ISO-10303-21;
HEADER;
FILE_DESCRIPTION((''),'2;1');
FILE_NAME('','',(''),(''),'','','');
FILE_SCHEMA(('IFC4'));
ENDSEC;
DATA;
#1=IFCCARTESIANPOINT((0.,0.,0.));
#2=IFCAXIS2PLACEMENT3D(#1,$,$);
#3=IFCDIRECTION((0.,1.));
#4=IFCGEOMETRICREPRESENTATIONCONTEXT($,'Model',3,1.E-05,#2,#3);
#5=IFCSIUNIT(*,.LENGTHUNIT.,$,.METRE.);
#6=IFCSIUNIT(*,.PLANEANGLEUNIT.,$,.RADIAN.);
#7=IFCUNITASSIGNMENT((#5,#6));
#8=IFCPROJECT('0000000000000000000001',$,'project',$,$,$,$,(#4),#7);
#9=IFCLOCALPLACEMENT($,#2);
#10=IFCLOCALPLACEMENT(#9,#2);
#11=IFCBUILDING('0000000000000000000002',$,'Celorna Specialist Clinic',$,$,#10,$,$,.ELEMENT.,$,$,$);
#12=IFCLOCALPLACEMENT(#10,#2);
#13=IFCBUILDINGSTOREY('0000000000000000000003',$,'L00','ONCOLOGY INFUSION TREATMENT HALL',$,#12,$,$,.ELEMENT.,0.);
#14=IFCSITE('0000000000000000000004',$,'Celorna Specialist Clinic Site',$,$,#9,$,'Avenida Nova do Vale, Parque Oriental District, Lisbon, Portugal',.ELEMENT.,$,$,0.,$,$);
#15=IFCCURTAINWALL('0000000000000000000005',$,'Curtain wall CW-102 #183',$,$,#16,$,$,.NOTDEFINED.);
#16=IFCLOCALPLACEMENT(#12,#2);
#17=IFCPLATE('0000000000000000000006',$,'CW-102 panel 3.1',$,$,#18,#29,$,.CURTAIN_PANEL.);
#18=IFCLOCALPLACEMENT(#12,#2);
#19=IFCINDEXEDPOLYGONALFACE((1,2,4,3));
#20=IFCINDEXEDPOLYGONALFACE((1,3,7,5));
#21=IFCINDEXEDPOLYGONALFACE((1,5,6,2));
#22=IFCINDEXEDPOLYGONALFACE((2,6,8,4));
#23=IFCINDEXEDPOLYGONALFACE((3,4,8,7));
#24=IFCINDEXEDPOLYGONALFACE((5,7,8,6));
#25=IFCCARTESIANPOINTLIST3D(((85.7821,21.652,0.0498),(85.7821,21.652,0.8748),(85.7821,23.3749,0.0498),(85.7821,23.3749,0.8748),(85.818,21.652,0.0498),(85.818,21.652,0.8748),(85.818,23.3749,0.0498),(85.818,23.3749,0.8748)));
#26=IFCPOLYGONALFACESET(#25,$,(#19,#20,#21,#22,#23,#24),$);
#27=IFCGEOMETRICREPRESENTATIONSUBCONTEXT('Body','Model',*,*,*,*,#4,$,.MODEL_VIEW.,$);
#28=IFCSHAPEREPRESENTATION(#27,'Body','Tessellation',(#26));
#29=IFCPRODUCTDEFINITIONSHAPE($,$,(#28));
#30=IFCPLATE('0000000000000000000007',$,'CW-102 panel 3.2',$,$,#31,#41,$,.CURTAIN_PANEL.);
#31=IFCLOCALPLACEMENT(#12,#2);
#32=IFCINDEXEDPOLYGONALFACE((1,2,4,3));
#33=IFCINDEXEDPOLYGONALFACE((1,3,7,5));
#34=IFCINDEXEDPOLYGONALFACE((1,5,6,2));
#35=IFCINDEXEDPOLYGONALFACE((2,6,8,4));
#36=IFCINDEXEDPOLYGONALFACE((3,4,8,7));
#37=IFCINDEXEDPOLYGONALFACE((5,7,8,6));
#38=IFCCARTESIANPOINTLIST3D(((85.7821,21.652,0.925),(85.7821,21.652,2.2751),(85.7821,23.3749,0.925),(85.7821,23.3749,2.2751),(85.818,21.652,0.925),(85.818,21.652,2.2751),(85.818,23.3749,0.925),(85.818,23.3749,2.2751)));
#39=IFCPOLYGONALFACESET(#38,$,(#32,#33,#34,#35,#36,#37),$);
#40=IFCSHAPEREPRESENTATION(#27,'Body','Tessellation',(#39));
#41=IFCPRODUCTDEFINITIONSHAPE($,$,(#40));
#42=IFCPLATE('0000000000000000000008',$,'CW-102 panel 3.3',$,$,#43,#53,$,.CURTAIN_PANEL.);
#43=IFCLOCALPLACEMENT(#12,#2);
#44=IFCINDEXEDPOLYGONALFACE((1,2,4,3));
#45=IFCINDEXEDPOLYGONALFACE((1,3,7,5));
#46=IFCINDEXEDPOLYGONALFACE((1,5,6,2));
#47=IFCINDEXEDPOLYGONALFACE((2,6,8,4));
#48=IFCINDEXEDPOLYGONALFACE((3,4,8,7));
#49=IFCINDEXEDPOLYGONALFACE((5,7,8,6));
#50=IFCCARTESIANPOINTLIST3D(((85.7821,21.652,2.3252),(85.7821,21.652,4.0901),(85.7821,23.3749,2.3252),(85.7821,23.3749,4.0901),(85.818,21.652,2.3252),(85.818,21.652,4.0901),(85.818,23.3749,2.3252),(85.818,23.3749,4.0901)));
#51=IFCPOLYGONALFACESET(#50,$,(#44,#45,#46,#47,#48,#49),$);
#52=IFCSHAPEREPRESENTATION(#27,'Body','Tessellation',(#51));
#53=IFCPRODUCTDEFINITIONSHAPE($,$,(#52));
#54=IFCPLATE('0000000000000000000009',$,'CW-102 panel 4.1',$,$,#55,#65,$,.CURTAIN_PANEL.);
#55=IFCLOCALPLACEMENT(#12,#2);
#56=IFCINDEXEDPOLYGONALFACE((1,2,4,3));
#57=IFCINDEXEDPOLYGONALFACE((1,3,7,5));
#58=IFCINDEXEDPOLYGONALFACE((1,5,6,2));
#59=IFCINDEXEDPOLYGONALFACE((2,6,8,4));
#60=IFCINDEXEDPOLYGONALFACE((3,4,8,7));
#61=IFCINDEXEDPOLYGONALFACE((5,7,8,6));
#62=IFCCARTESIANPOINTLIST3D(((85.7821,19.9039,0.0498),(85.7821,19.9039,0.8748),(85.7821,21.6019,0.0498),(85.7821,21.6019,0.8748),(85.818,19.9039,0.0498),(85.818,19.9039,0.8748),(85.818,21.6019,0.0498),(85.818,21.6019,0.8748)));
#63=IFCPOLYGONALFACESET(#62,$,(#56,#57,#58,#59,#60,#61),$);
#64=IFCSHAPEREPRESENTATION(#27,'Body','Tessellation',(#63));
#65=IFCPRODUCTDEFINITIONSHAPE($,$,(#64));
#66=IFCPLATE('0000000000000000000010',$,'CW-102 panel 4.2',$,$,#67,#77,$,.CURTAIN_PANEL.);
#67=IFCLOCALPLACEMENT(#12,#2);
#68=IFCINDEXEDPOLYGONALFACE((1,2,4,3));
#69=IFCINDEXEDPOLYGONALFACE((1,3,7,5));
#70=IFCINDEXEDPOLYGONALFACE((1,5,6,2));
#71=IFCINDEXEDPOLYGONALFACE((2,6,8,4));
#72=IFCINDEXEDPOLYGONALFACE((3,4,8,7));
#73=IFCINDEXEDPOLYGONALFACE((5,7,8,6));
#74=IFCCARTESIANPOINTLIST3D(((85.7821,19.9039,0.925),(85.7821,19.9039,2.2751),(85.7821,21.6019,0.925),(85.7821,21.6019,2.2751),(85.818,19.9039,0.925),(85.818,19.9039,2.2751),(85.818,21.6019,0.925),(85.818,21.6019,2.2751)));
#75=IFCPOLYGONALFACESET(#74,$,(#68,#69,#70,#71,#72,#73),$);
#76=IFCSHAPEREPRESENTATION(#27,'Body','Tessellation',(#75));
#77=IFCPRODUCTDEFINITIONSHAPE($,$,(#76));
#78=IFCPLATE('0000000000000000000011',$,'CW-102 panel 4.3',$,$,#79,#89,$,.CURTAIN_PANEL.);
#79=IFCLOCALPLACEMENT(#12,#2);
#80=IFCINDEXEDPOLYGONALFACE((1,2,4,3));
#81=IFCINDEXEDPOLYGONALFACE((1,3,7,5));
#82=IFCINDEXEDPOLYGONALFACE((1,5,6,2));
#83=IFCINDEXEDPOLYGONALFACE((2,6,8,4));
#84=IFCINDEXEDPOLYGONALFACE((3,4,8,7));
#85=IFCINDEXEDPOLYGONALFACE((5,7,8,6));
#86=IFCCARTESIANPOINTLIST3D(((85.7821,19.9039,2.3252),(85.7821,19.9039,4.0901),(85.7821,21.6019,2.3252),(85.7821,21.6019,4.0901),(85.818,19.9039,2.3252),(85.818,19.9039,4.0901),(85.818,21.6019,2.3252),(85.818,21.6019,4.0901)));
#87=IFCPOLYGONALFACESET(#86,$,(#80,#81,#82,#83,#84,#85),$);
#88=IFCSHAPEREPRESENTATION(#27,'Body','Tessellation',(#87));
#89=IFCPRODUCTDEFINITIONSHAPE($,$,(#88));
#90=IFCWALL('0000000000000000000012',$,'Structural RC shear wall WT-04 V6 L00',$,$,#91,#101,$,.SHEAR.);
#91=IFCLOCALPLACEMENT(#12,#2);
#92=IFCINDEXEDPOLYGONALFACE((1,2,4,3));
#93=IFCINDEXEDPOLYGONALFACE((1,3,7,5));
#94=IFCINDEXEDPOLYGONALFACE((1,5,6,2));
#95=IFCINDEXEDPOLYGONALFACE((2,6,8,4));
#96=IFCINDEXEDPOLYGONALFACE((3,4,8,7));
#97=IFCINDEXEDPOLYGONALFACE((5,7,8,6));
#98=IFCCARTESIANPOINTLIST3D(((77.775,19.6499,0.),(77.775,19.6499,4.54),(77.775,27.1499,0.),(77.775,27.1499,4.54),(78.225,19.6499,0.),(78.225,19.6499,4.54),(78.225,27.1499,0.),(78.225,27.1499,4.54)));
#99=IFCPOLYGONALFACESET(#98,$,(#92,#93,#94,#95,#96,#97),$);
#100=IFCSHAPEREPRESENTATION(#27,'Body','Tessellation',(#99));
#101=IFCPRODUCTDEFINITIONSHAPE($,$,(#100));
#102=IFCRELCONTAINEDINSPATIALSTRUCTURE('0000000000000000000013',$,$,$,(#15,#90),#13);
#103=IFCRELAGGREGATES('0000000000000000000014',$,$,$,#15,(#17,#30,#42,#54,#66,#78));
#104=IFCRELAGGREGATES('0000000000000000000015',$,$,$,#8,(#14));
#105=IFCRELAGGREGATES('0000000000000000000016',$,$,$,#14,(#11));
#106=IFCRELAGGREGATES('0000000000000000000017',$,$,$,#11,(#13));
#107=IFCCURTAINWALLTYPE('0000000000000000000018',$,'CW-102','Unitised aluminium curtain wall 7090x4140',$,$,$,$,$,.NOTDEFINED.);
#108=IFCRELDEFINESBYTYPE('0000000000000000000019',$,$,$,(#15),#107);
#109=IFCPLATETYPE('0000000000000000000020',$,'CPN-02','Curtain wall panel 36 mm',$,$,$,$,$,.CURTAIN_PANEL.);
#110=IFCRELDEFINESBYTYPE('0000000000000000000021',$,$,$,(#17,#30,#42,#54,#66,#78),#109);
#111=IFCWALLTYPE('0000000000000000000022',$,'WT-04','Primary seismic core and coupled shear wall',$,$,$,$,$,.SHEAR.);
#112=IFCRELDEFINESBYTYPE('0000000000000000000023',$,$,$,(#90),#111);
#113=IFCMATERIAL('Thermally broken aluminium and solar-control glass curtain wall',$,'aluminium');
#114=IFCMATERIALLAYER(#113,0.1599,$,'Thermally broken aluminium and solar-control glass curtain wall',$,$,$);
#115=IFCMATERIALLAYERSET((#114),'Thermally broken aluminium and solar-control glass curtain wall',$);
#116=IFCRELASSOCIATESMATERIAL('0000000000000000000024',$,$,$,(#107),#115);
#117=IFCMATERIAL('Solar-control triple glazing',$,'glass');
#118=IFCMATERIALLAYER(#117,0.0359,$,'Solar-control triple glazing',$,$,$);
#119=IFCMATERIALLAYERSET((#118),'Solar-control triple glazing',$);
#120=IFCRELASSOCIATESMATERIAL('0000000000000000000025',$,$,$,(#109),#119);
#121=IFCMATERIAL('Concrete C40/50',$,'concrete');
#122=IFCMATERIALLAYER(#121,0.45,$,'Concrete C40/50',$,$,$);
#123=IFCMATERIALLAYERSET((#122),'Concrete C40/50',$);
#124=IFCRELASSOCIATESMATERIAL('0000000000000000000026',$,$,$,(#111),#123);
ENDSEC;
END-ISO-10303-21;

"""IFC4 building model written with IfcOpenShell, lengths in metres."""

from ifc_helpers import new_model, si_unit, direction, frame, frame_2d, origin, origin_2d, place, context, subcontext, project, spatial, rectangle, extrude, material, layer, layer_set, type_object, element, aggregate, save


model = new_model("IFC4")

# Units and contexts
model_context = context("Model", 3, precision=1e-05, world=origin(), true_north=direction((0.0, 1.0)))
body_context = subcontext(model_context, "Body", "Model", "MODEL_VIEW")
ifc_project = project(units=[si_unit("LENGTHUNIT", "METRE"), si_unit("PLANEANGLEUNIT", "RADIAN")], contexts=[model_context])

# Site, building, storey
site_placement = place(None, origin())
site = spatial("IfcSite", under=ifc_project, at=site_placement, Name="Celorna Specialist Clinic Site", LongName="Avenida Nova do Vale, Parque Oriental District, Lisbon, Portugal", CompositionType="ELEMENT", RefElevation=0.0)
building_placement = place(site_placement, origin())
building = spatial("IfcBuilding", under=site, at=building_placement, Name="Celorna Specialist Clinic", CompositionType="ELEMENT")
storey_placement = place(building_placement, origin())
storey = spatial("IfcBuildingStorey", under=building, at=storey_placement, Name="L00", Description="ONCOLOGY INFUSION TREATMENT HALL", CompositionType="ELEMENT", Elevation=0.0)

# Shared definitions
ifc_material_1 = material(Name="Concrete C40/50", Category="concrete")

# Curtain wall
ifc_material_2 = material(Name="Thermally broken aluminium and solar-control glass curtain wall", Category="aluminium")
ifc_layer_1 = layer(ifc_material_2, 0.1599, Name="Thermally broken aluminium and solar-control glass curtain wall")
ifc_layer_set_1 = layer_set([ifc_layer_1], Name="Thermally broken aluminium and solar-control glass curtain wall")
curtain_wall_type = type_object("IfcCurtainWallType", Name="CW-102", Description="Unitised aluminium curtain wall 7090x4140", PredefinedType="NOTDEFINED", material=ifc_layer_set_1)
curtain_wall_1_placement = place(storey_placement, origin())
curtain_wall_1 = element("IfcCurtainWall", 1, at=curtain_wall_1_placement, inside=storey, type_object=curtain_wall_type, Name="Curtain wall CW-102 #183", PredefinedType="NOTDEFINED")

# Plates
ifc_material_3 = material(Name="Solar-control triple glazing", Category="glass")
ifc_layer_2 = layer(ifc_material_3, 0.0359, Name="Solar-control triple glazing")
ifc_layer_set_2 = layer_set([ifc_layer_2], Name="Solar-control triple glazing")
plate_type = type_object("IfcPlateType", Name="CPN-02", Description="Curtain wall panel 36 mm", PredefinedType="CURTAIN_PANEL", material=ifc_layer_set_2)
plate_1_placement = place(storey_placement, frame((85.8, 22.5134, 0.0498), z_axis=(0.0, 0.0, 1.0), x_axis=(0.0, -1.0, 0.0)))
plate_1 = element("IfcPlate", 2, at=plate_1_placement, type_object=plate_type, Name="CW-102 panel 3.1", PredefinedType="CURTAIN_PANEL", context=body_context, shape_type="SweptSolid", body=[
    extrude(rectangle(XDim=1.7229, YDim=0.0359, at=origin_2d()), origin(), (0.0, 0.0, 1.0), 0.825),
])
plate_2_placement = place(storey_placement, frame((85.8, 22.5134, 0.925), z_axis=(0.0, 0.0, 1.0), x_axis=(0.0, -1.0, 0.0)))
plate_2 = element("IfcPlate", 3, at=plate_2_placement, type_object=plate_type, Name="CW-102 panel 3.2", PredefinedType="CURTAIN_PANEL", context=body_context, shape_type="SweptSolid", body=[
    extrude(rectangle(XDim=1.7229, YDim=0.0359, at=origin_2d()), origin(), (0.0, 0.0, 1.0), 1.3501),
])
plate_3_placement = place(storey_placement, frame((85.8, 22.5134, 2.3252), z_axis=(0.0, 0.0, 1.0), x_axis=(0.0, -1.0, 0.0)))
plate_3 = element("IfcPlate", 4, at=plate_3_placement, type_object=plate_type, Name="CW-102 panel 3.3", PredefinedType="CURTAIN_PANEL", context=body_context, shape_type="SweptSolid", body=[
    extrude(rectangle(XDim=1.7229, YDim=0.0359, at=origin_2d()), origin(), (0.0, 0.0, 1.0), 1.7649),
])
plate_4_placement = place(storey_placement, frame((85.8, 20.7529, 0.0498), z_axis=(0.0, 0.0, 1.0), x_axis=(0.0, -1.0, 0.0)))
plate_4 = element("IfcPlate", 5, at=plate_4_placement, type_object=plate_type, Name="CW-102 panel 4.1", PredefinedType="CURTAIN_PANEL", context=body_context, shape_type="SweptSolid", body=[
    extrude(rectangle(XDim=1.698, YDim=0.0359, at=origin_2d()), origin(), (0.0, 0.0, 1.0), 0.825),
])
plate_5_placement = place(storey_placement, frame((85.8, 20.7529, 0.925), z_axis=(0.0, 0.0, 1.0), x_axis=(0.0, -1.0, 0.0)))
plate_5 = element("IfcPlate", 6, at=plate_5_placement, type_object=plate_type, Name="CW-102 panel 4.2", PredefinedType="CURTAIN_PANEL", context=body_context, shape_type="SweptSolid", body=[
    extrude(rectangle(XDim=1.698, YDim=0.0359, at=origin_2d()), origin(), (0.0, 0.0, 1.0), 1.3501),
])
plate_6_placement = place(storey_placement, frame((85.8, 20.7529, 2.3252), z_axis=(0.0, 0.0, 1.0), x_axis=(0.0, -1.0, 0.0)))
plate_6 = element("IfcPlate", 7, at=plate_6_placement, type_object=plate_type, Name="CW-102 panel 4.3", PredefinedType="CURTAIN_PANEL", context=body_context, shape_type="SweptSolid", body=[
    extrude(rectangle(XDim=1.698, YDim=0.0359, at=origin_2d()), origin(), (0.0, 0.0, 1.0), 1.7649),
])
aggregate(curtain_wall_1, [plate_1, plate_2, plate_3, plate_4, plate_5, plate_6])

# Wall
ifc_layer_3 = layer(ifc_material_1, 0.45, Name="Concrete C40/50")
ifc_layer_set_3 = layer_set([ifc_layer_3], Name="Concrete C40/50")
wall_type = type_object("IfcWallType", Name="WT-04", Description="Primary seismic core and coupled shear wall", PredefinedType="SHEAR", material=ifc_layer_set_3)
wall_placement = place(storey_placement, frame((78.0, 19.6499, 0.0), z_axis=(0.0, 0.0, 1.0), x_axis=(0.0, 1.0, 0.0)))
element("IfcWall", 8, at=wall_placement, inside=storey, type_object=wall_type, Name="Structural RC shear wall WT-04 V6 L00", PredefinedType="SHEAR", context=body_context, shape_type="SweptSolid", body=[
    extrude(rectangle(XDim=7.5, YDim=0.45, at=frame_2d((3.75, 0.0))), origin(), (0.0, 0.0, 1.0), 4.54),
])

save(model, "model.ifc")
